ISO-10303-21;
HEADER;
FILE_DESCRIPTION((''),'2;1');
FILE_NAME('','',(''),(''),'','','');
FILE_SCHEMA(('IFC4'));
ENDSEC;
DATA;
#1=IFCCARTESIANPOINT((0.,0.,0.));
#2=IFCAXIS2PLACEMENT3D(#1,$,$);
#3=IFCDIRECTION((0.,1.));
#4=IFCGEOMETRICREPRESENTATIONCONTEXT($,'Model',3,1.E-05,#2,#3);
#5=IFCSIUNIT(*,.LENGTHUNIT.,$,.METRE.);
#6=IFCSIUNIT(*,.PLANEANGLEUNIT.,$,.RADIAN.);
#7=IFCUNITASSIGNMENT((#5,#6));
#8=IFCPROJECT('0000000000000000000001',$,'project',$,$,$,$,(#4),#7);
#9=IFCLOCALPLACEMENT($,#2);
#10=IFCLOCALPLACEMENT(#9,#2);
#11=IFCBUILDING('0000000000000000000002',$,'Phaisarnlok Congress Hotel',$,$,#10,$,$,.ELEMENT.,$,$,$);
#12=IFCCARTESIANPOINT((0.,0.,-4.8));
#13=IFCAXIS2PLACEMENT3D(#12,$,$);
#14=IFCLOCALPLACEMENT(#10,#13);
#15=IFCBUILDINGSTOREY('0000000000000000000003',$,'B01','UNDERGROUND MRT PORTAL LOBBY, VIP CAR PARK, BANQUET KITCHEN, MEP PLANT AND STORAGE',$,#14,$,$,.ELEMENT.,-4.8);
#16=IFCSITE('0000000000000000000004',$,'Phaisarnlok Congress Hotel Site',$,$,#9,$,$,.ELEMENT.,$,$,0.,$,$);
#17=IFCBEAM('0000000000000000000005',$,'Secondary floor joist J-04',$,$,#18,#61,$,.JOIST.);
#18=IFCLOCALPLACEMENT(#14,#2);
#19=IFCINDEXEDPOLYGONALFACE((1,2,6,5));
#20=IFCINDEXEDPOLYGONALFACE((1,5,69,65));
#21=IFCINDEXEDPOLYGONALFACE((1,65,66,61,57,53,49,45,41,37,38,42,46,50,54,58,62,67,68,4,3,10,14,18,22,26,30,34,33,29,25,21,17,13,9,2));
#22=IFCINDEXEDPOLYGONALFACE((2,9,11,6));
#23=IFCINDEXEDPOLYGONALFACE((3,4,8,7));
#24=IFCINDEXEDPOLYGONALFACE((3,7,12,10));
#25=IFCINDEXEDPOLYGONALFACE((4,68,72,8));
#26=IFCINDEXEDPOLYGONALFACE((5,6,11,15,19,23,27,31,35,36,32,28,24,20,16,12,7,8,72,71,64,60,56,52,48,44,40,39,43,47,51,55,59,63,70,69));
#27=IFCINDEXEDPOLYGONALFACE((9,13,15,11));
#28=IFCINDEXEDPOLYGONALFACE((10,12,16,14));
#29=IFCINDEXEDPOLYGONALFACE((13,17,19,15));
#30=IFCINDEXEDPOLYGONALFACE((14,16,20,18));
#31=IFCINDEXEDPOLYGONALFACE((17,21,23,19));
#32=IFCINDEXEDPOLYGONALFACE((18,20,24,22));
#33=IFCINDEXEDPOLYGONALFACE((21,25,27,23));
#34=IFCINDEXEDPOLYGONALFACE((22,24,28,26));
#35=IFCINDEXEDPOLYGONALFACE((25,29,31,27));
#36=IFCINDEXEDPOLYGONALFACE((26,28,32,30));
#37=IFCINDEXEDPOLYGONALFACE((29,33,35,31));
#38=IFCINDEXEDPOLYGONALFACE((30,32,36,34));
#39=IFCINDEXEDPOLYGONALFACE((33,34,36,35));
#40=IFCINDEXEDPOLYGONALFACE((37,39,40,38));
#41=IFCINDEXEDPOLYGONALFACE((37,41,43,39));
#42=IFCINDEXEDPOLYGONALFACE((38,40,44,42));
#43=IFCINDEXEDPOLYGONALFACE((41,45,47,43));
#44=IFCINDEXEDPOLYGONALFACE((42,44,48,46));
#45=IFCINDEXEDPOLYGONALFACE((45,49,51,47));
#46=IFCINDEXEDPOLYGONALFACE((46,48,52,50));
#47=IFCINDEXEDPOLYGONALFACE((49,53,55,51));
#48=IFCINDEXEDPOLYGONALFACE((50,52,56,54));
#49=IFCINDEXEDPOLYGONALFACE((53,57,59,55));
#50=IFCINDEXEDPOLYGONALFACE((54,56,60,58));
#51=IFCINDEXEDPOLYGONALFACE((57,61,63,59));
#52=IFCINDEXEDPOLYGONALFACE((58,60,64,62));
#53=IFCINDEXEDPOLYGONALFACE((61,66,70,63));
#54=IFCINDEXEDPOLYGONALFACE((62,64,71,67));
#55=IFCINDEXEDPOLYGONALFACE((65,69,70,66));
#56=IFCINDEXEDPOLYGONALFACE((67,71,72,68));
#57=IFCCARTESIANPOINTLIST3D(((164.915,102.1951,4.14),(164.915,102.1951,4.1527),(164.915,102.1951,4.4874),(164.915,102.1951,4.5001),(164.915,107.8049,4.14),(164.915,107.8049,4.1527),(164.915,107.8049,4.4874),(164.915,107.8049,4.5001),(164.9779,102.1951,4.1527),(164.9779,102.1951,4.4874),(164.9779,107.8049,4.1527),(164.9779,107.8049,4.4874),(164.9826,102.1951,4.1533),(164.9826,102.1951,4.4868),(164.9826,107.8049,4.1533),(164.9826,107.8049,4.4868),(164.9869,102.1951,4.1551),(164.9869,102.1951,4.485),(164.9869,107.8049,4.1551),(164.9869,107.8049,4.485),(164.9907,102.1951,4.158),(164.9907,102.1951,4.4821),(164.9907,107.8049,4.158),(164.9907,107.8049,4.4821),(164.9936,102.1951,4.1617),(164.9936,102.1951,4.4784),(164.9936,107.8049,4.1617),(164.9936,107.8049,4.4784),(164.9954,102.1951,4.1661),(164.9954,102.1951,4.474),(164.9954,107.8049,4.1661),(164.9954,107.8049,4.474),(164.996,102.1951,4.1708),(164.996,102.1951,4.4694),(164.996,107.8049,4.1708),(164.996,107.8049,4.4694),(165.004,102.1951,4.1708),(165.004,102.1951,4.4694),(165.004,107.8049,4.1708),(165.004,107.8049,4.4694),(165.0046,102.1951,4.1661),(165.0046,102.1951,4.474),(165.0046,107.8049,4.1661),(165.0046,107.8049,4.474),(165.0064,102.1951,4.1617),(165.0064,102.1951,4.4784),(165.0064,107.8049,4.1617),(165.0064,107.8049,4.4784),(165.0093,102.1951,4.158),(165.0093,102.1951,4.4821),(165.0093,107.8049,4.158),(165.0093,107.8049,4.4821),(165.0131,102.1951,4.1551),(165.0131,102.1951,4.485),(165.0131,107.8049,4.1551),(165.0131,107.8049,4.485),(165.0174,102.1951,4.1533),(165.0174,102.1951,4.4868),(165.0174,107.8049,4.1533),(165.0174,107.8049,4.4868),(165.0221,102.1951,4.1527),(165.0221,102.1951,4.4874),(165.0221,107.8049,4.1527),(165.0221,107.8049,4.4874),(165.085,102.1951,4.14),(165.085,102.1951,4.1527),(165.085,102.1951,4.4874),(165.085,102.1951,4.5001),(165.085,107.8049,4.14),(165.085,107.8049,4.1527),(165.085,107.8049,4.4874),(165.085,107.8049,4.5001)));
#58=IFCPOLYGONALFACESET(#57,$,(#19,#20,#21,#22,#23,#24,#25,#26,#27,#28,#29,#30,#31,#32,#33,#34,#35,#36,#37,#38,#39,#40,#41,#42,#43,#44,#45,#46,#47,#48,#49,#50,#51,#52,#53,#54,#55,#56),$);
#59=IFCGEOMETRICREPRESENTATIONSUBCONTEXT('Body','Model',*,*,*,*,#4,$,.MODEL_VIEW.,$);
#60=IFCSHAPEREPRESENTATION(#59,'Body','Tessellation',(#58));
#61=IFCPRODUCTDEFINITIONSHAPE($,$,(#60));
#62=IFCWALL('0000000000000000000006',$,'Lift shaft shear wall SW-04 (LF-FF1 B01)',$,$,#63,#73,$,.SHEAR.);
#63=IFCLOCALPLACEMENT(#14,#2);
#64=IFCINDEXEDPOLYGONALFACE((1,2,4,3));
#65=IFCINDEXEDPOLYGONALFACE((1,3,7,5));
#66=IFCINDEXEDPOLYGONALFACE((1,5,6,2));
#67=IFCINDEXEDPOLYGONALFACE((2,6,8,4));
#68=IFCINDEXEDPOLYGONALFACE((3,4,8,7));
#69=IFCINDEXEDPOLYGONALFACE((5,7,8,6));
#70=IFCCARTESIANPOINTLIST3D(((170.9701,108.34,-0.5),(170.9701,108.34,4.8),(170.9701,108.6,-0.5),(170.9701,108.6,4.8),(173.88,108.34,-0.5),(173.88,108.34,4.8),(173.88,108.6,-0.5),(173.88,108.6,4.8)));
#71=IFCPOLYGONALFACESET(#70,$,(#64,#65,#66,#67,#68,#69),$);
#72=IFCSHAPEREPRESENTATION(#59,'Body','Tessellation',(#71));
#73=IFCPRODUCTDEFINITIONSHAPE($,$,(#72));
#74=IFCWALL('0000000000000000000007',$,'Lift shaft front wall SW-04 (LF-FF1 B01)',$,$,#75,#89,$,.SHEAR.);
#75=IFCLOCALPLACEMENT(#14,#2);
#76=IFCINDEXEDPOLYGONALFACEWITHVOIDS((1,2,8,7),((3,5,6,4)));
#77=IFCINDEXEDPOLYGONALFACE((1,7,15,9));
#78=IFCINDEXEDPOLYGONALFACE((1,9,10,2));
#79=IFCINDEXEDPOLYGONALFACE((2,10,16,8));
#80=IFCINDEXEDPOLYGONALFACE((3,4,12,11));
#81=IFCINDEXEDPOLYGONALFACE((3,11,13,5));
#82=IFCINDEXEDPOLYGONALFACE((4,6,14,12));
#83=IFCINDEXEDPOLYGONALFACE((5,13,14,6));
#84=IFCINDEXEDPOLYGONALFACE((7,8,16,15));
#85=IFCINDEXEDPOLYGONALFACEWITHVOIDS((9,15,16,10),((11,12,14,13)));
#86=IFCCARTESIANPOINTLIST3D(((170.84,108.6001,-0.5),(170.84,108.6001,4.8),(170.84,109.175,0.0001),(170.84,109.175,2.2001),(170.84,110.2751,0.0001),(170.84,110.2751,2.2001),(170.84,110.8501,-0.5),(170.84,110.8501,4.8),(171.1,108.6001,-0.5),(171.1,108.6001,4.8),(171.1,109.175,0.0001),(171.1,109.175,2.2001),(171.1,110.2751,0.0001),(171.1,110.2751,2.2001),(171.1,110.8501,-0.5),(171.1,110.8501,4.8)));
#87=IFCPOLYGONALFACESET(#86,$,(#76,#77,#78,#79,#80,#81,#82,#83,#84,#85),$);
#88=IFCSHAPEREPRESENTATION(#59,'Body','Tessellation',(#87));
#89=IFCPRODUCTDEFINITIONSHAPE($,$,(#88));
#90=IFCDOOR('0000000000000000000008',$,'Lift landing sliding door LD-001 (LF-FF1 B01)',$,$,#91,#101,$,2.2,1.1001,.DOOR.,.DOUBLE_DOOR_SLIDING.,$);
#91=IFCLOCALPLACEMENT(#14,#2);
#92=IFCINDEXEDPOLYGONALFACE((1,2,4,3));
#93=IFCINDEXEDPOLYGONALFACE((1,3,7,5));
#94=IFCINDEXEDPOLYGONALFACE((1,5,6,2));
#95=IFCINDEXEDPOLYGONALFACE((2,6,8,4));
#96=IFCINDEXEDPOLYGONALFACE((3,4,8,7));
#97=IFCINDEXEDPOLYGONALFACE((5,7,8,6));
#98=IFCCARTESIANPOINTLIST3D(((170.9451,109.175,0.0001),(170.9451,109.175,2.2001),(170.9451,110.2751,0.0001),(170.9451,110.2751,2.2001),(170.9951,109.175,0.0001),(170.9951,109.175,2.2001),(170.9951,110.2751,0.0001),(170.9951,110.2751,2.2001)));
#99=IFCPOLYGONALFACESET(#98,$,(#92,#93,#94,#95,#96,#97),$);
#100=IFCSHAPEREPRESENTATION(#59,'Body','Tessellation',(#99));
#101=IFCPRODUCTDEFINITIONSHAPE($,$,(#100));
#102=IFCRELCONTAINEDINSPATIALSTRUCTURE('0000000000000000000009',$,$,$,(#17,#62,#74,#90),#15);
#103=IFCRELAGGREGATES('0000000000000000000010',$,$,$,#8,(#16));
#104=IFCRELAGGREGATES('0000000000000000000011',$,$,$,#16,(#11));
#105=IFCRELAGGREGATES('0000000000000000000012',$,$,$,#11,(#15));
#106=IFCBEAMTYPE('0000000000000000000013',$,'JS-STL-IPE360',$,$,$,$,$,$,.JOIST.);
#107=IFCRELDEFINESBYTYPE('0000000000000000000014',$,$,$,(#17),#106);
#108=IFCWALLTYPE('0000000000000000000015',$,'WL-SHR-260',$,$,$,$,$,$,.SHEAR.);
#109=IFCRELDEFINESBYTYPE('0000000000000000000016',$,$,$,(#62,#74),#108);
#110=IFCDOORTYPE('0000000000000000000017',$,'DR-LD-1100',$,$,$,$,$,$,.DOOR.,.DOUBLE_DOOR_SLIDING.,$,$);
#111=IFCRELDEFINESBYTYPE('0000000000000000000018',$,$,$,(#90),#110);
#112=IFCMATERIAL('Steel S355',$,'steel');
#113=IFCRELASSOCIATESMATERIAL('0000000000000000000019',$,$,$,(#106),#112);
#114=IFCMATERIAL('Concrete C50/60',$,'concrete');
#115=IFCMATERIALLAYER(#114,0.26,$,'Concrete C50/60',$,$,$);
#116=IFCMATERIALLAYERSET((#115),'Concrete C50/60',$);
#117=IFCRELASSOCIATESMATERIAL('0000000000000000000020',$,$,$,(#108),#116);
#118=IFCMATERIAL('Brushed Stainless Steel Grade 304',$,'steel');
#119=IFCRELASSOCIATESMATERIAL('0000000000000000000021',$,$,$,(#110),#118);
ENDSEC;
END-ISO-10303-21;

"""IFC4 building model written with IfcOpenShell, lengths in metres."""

from ifc_helpers import new_model, si_unit, direction, frame, frame_2d, origin, origin_2d, place, context, subcontext, project, spatial, rectangle, i_section, extrude, material, layer, layer_set, material_profile, profile_set, type_object, element, fill, save


model = new_model("IFC4")

# Units and contexts
model_context = context("Model", 3, precision=1e-05, world=origin(), true_north=direction((0.0, 1.0)))
body_context = subcontext(model_context, "Body", "Model", "MODEL_VIEW")
ifc_project = project(units=[si_unit("LENGTHUNIT", "METRE"), si_unit("PLANEANGLEUNIT", "RADIAN")], contexts=[model_context])

# Site, building, storey
site_placement = place(None, origin())
site = spatial("IfcSite", under=ifc_project, at=site_placement, Name="Phaisarnlok Congress Hotel Site", CompositionType="ELEMENT", RefElevation=0.0)
building_placement = place(site_placement, origin())
building = spatial("IfcBuilding", under=site, at=building_placement, Name="Phaisarnlok Congress Hotel", CompositionType="ELEMENT")
storey_placement = place(building_placement, frame((0.0, 0.0, -4.8)))
storey = spatial("IfcBuildingStorey", under=building, at=storey_placement, Name="B01", Description="UNDERGROUND MRT PORTAL LOBBY, VIP CAR PARK, BANQUET KITCHEN, MEP PLANT AND STORAGE", CompositionType="ELEMENT", Elevation=-4.8)

# Shared definitions
ifc_material_1 = material(Name="Concrete C50/60", Category="concrete")

# Beam
ifc_material_2 = material(Name="Steel S355", Category="steel")
ifc_material_profile_1 = material_profile(ifc_material_2, i_section(OverallWidth=0.1699, OverallDepth=0.3601, WebThickness=0.0081, FlangeThickness=0.0127, FilletRadius=0.0181, at=origin_2d()), Name="IPE 360")
ifc_profile_set_1 = profile_set([ifc_material_profile_1], Name="Steel S355")
beam_type_1 = type_object("IfcBeamType", Name="JS-STL-IPE360", PredefinedType="JOIST", material=ifc_profile_set_1)
beam_1_placement = place(storey_placement, frame((165.0, 102.1951, 4.3201), z_axis=(0.0, 1.0, 0.0), x_axis=(-1.0, 0.0, 0.0)))
element("IfcBeam", 1, at=beam_1_placement, inside=storey, type_object=beam_type_1, Name="Secondary floor joist J-04", PredefinedType="JOIST", context=body_context, shape_type="SweptSolid", body=[
    extrude(i_section(OverallWidth=0.1699, OverallDepth=0.3601, WebThickness=0.0081, FlangeThickness=0.0127, FilletRadius=0.0181, at=origin_2d()), origin(), (0.0, 0.0, 1.0), 5.6099),
])

# Wall
ifc_layer = layer(ifc_material_1, 0.26, Name="Concrete C50/60")
ifc_layer_set = layer_set([ifc_layer], Name="Concrete C50/60")
wall_type = type_object("IfcWallType", Name="WL-SHR-260", PredefinedType="SHEAR", material=ifc_layer_set)
wall_1_placement = place(storey_placement, frame((170.97, 108.47, -0.5), z_axis=(0.0, 0.0, 1.0), x_axis=(1.0, 0.0, 0.0)))
element("IfcWall", 2, at=wall_1_placement, inside=storey, type_object=wall_type, Name="Lift shaft shear wall SW-04 (LF-FF1 B01)", PredefinedType="SHEAR", context=body_context, shape_type="SweptSolid", body=[
    extrude(rectangle(XDim=2.9099, YDim=0.26, at=frame_2d((1.4551, 0.0))), origin(), (0.0, 0.0, 1.0), 5.3),
])

# Wall, opening, door
wall_2_placement = place(storey_placement, frame((170.97, 108.6001, -0.5), z_axis=(0.0, 0.0, 1.0), x_axis=(0.0, 1.0, 0.0)))
wall_2 = element("IfcWall", 3, at=wall_2_placement, inside=storey, type_object=wall_type, Name="Lift shaft front wall SW-04 (LF-FF1 B01)", PredefinedType="SHEAR", context=body_context, shape_type="SweptSolid", body=[
    extrude(rectangle(XDim=2.25, YDim=0.26, at=frame_2d((1.125, 0.0))), origin(), (0.0, 0.0, 1.0), 5.3),
])
opening_placement = place(wall_2_placement, frame((0.575, 0.0, 0.5)))
opening = element("IfcOpeningElement", 4, at=opening_placement, cuts=wall_2, PredefinedType="OPENING", context=body_context, shape_type="SweptSolid", body=[
    extrude(rectangle(XDim=1.1001, YDim=2.2, at=frame_2d((0.55, 1.1001))), frame((0.0, 0.1401, 0.0), z_axis=(0.0, -1.0, 0.0), x_axis=(1.0, 0.0, 0.0)), (0.0, 0.0, 1.0), 0.28),
])
ifc_material_3 = material(Name="Brushed Stainless Steel Grade 304", Category="steel")
door_type = type_object("IfcDoorType", Name="DR-LD-1100", OperationType="DOUBLE_DOOR_SLIDING", PredefinedType="DOOR", material=ifc_material_3)
door_placement = place(opening_placement, origin())
door = element("IfcDoor", 5, at=door_placement, inside=storey, type_object=door_type, Name="Lift landing sliding door LD-001 (LF-FF1 B01)", OperationType="DOUBLE_DOOR_SLIDING", OverallHeight=2.2, OverallWidth=1.1001, PredefinedType="DOOR", context=body_context, shape_type="SweptSolid", body=[
    extrude(rectangle(XDim=1.1001, YDim=2.2, at=frame_2d((0.55, 1.1001))), frame((0.0, 0.0249, 0.0), z_axis=(0.0, -1.0, 0.0), x_axis=(1.0, 0.0, 0.0)), (0.0, 0.0, 1.0), 0.05),
])
fill(opening, door)

save(model, "model.ifc")
